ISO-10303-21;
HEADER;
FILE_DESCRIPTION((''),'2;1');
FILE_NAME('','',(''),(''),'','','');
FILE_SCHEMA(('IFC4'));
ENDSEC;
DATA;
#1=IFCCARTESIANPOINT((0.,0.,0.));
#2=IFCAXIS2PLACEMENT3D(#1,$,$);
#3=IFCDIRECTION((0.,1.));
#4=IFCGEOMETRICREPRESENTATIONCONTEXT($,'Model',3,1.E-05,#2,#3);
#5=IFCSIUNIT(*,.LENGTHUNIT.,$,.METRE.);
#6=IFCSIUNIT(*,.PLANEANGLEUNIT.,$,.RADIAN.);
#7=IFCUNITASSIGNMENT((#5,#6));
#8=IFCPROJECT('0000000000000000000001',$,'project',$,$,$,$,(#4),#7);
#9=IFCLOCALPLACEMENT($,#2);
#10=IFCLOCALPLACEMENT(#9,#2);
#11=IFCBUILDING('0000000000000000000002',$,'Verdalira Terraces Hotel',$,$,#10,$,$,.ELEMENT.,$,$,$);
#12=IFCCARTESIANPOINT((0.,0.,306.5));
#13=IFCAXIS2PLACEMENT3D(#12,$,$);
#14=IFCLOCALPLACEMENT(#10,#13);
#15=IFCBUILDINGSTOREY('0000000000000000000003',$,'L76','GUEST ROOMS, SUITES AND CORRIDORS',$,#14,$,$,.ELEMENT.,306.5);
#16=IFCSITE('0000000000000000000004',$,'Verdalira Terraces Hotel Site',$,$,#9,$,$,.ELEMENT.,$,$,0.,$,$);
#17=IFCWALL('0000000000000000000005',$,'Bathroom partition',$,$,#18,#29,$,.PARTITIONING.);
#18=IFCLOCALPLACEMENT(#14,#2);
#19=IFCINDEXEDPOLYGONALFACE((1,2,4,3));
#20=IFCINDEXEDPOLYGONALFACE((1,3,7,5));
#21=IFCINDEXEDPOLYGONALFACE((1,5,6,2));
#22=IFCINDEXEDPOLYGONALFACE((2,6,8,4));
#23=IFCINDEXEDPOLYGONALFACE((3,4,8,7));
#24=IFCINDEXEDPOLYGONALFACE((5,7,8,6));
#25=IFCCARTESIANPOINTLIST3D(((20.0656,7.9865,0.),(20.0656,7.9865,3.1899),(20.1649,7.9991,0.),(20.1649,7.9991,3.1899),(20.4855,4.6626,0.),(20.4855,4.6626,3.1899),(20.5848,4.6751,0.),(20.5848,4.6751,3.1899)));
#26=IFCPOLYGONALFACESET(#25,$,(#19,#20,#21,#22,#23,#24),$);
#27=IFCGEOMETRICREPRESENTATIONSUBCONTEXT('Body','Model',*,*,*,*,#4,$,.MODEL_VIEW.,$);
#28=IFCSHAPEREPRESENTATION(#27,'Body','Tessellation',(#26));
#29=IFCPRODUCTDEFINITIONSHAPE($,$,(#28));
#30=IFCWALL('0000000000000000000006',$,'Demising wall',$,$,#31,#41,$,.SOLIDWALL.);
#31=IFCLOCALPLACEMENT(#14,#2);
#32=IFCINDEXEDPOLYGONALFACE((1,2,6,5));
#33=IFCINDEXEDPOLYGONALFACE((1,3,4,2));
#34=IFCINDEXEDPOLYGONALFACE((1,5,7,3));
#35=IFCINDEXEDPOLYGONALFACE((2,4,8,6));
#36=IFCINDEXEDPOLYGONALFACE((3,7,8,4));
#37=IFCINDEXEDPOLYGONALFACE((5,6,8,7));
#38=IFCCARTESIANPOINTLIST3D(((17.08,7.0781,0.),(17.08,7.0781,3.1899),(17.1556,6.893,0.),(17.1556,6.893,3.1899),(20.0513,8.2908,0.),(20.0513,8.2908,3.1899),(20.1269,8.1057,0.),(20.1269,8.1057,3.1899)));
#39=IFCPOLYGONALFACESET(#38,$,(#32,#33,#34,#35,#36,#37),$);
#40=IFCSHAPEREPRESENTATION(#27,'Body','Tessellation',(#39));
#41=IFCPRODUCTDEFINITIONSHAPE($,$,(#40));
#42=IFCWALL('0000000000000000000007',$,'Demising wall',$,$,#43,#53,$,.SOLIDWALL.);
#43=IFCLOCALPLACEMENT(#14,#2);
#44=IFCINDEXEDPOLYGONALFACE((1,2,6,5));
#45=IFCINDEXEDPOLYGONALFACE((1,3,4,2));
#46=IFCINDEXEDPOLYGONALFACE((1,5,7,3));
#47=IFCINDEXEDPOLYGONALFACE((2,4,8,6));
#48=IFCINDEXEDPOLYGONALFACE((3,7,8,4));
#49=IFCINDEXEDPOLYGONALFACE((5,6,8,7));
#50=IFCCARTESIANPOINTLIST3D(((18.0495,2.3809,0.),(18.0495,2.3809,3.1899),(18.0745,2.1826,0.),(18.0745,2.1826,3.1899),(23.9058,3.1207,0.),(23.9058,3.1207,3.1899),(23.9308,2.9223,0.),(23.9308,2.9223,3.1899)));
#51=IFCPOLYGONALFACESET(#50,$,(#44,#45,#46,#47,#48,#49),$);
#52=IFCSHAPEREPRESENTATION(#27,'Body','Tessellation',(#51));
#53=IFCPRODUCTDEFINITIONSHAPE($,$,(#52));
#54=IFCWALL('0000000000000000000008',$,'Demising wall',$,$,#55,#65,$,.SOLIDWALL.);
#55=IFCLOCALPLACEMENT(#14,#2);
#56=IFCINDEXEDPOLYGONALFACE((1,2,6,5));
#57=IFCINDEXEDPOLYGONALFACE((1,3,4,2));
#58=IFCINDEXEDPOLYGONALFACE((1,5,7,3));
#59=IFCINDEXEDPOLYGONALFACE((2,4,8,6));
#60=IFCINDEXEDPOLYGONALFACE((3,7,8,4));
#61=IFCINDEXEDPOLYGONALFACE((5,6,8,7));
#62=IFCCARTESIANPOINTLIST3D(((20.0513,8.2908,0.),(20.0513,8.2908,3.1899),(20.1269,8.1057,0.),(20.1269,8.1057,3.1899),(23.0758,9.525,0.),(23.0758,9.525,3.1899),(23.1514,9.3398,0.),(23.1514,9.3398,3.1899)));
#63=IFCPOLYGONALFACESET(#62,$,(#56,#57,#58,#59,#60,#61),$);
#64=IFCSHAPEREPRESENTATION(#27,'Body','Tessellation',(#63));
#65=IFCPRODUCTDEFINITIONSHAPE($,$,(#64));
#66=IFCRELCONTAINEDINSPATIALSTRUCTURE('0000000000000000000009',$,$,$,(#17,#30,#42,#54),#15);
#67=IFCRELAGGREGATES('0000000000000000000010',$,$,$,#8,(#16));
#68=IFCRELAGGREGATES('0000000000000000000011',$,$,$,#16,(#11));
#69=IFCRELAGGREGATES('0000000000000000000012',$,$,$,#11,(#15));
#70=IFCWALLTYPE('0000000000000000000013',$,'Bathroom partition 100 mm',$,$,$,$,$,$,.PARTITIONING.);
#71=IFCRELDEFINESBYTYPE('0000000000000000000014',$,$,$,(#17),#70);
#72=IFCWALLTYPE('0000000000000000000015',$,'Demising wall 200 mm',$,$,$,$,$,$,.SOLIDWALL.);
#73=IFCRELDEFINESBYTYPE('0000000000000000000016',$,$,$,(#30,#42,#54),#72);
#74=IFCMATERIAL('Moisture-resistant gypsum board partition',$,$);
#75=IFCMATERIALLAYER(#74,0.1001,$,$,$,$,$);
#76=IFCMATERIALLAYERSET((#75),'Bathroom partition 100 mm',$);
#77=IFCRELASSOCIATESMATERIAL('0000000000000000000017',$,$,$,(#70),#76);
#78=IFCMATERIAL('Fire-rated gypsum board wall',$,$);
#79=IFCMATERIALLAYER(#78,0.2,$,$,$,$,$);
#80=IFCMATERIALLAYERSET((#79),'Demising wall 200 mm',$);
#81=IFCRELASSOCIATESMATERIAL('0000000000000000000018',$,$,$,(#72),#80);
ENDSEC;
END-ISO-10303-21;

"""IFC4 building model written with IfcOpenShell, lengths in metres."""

from ifc_helpers import new_model, si_unit, direction, frame, frame_2d, origin, place, context, subcontext, project, spatial, rectangle, extrude, material, layer, layer_set, type_object, element, save


model = new_model("IFC4")

# Units and contexts
model_context = context("Model", 3, precision=1e-05, world=origin(), true_north=direction((0.0, 1.0)))
body_context = subcontext(model_context, "Body", "Model", "MODEL_VIEW")
ifc_project = project(units=[si_unit("LENGTHUNIT", "METRE"), si_unit("PLANEANGLEUNIT", "RADIAN")], contexts=[model_context])

# Site, building, storey
site_placement = place(None, origin())
site = spatial("IfcSite", under=ifc_project, at=site_placement, Name="Verdalira Terraces Hotel Site", CompositionType="ELEMENT", RefElevation=0.0)
building_placement = place(site_placement, origin())
building = spatial("IfcBuilding", under=site, at=building_placement, Name="Verdalira Terraces Hotel", CompositionType="ELEMENT")
storey_placement = place(building_placement, frame((0.0, 0.0, 306.5)))
storey = spatial("IfcBuildingStorey", under=building, at=storey_placement, Name="L76", Description="GUEST ROOMS, SUITES AND CORRIDORS", CompositionType="ELEMENT", Elevation=306.5)

# Shared definitions
ifc_material_1 = material(Name="Moisture-resistant gypsum board partition")
ifc_layer_1 = layer(ifc_material_1, 0.1001)
ifc_layer_set_1 = layer_set([ifc_layer_1], Name="Bathroom partition 100 mm")
wall_type_1 = type_object("IfcWallType", Name="Bathroom partition 100 mm", PredefinedType="PARTITIONING", material=ifc_layer_set_1)

# Walls
wall_1_placement = place(storey_placement, frame((20.1152, 7.9929, 0.0), z_axis=(0.0, 0.0, 1.0), x_axis=(0.125335, -0.992114, 0.0)))
element("IfcWall", 1, at=wall_1_placement, inside=storey, type_object=wall_type_1, Name="Bathroom partition", PredefinedType="PARTITIONING", context=body_context, shape_type="SweptSolid", body=[
    extrude(rectangle(XDim=3.3503, YDim=0.1001, at=frame_2d((1.6753, 0.0))), origin(), (0.0, 0.0, 1.0), 3.1899),
])
ifc_material_2 = material(Name="Fire-rated gypsum board wall")
ifc_layer_2 = layer(ifc_material_2, 0.2)
ifc_layer_set_2 = layer_set([ifc_layer_2], Name="Demising wall 200 mm")
wall_type_2 = type_object("IfcWallType", Name="Demising wall 200 mm", PredefinedType="SOLIDWALL", material=ifc_layer_set_2)
wall_2_placement = place(storey_placement, frame((17.1179, 6.9856, 0.0), z_axis=(0.0, 0.0, 1.0), x_axis=(0.925857, 0.377874, 0.0)))
element("IfcWall", 2, at=wall_2_placement, inside=storey, type_object=wall_type_2, Name="Demising wall", PredefinedType="SOLIDWALL", context=body_context, shape_type="SweptSolid", body=[
    extrude(rectangle(XDim=3.2092, YDim=0.2, at=frame_2d((1.6045, 0.0))), origin(), (0.0, 0.0, 1.0), 3.1899),
])
wall_3_placement = place(storey_placement, frame((18.062, 2.2817, 0.0), z_axis=(0.0, 0.0, 1.0), x_axis=(0.992116, 0.125323, 0.0)))
element("IfcWall", 3, at=wall_3_placement, inside=storey, type_object=wall_type_2, Name="Demising wall", PredefinedType="SOLIDWALL", context=body_context, shape_type="SweptSolid", body=[
    extrude(rectangle(XDim=5.9028, YDim=0.2, at=frame_2d((2.9514, 0.0))), origin(), (0.0, 0.0, 1.0), 3.1899),
])
wall_4_placement = place(storey_placement, frame((20.0891, 8.1982, 0.0), z_axis=(0.0, 0.0, 1.0), x_axis=(0.925882, 0.377812, 0.0)))
element("IfcWall", 4, at=wall_4_placement, inside=storey, type_object=wall_type_2, Name="Demising wall", PredefinedType="SOLIDWALL", context=body_context, shape_type="SweptSolid", body=[
    extrude(rectangle(XDim=3.2666, YDim=0.2, at=frame_2d((1.6333, 0.0))), origin(), (0.0, 0.0, 1.0), 3.1899),
])

save(model, "model.ifc")
